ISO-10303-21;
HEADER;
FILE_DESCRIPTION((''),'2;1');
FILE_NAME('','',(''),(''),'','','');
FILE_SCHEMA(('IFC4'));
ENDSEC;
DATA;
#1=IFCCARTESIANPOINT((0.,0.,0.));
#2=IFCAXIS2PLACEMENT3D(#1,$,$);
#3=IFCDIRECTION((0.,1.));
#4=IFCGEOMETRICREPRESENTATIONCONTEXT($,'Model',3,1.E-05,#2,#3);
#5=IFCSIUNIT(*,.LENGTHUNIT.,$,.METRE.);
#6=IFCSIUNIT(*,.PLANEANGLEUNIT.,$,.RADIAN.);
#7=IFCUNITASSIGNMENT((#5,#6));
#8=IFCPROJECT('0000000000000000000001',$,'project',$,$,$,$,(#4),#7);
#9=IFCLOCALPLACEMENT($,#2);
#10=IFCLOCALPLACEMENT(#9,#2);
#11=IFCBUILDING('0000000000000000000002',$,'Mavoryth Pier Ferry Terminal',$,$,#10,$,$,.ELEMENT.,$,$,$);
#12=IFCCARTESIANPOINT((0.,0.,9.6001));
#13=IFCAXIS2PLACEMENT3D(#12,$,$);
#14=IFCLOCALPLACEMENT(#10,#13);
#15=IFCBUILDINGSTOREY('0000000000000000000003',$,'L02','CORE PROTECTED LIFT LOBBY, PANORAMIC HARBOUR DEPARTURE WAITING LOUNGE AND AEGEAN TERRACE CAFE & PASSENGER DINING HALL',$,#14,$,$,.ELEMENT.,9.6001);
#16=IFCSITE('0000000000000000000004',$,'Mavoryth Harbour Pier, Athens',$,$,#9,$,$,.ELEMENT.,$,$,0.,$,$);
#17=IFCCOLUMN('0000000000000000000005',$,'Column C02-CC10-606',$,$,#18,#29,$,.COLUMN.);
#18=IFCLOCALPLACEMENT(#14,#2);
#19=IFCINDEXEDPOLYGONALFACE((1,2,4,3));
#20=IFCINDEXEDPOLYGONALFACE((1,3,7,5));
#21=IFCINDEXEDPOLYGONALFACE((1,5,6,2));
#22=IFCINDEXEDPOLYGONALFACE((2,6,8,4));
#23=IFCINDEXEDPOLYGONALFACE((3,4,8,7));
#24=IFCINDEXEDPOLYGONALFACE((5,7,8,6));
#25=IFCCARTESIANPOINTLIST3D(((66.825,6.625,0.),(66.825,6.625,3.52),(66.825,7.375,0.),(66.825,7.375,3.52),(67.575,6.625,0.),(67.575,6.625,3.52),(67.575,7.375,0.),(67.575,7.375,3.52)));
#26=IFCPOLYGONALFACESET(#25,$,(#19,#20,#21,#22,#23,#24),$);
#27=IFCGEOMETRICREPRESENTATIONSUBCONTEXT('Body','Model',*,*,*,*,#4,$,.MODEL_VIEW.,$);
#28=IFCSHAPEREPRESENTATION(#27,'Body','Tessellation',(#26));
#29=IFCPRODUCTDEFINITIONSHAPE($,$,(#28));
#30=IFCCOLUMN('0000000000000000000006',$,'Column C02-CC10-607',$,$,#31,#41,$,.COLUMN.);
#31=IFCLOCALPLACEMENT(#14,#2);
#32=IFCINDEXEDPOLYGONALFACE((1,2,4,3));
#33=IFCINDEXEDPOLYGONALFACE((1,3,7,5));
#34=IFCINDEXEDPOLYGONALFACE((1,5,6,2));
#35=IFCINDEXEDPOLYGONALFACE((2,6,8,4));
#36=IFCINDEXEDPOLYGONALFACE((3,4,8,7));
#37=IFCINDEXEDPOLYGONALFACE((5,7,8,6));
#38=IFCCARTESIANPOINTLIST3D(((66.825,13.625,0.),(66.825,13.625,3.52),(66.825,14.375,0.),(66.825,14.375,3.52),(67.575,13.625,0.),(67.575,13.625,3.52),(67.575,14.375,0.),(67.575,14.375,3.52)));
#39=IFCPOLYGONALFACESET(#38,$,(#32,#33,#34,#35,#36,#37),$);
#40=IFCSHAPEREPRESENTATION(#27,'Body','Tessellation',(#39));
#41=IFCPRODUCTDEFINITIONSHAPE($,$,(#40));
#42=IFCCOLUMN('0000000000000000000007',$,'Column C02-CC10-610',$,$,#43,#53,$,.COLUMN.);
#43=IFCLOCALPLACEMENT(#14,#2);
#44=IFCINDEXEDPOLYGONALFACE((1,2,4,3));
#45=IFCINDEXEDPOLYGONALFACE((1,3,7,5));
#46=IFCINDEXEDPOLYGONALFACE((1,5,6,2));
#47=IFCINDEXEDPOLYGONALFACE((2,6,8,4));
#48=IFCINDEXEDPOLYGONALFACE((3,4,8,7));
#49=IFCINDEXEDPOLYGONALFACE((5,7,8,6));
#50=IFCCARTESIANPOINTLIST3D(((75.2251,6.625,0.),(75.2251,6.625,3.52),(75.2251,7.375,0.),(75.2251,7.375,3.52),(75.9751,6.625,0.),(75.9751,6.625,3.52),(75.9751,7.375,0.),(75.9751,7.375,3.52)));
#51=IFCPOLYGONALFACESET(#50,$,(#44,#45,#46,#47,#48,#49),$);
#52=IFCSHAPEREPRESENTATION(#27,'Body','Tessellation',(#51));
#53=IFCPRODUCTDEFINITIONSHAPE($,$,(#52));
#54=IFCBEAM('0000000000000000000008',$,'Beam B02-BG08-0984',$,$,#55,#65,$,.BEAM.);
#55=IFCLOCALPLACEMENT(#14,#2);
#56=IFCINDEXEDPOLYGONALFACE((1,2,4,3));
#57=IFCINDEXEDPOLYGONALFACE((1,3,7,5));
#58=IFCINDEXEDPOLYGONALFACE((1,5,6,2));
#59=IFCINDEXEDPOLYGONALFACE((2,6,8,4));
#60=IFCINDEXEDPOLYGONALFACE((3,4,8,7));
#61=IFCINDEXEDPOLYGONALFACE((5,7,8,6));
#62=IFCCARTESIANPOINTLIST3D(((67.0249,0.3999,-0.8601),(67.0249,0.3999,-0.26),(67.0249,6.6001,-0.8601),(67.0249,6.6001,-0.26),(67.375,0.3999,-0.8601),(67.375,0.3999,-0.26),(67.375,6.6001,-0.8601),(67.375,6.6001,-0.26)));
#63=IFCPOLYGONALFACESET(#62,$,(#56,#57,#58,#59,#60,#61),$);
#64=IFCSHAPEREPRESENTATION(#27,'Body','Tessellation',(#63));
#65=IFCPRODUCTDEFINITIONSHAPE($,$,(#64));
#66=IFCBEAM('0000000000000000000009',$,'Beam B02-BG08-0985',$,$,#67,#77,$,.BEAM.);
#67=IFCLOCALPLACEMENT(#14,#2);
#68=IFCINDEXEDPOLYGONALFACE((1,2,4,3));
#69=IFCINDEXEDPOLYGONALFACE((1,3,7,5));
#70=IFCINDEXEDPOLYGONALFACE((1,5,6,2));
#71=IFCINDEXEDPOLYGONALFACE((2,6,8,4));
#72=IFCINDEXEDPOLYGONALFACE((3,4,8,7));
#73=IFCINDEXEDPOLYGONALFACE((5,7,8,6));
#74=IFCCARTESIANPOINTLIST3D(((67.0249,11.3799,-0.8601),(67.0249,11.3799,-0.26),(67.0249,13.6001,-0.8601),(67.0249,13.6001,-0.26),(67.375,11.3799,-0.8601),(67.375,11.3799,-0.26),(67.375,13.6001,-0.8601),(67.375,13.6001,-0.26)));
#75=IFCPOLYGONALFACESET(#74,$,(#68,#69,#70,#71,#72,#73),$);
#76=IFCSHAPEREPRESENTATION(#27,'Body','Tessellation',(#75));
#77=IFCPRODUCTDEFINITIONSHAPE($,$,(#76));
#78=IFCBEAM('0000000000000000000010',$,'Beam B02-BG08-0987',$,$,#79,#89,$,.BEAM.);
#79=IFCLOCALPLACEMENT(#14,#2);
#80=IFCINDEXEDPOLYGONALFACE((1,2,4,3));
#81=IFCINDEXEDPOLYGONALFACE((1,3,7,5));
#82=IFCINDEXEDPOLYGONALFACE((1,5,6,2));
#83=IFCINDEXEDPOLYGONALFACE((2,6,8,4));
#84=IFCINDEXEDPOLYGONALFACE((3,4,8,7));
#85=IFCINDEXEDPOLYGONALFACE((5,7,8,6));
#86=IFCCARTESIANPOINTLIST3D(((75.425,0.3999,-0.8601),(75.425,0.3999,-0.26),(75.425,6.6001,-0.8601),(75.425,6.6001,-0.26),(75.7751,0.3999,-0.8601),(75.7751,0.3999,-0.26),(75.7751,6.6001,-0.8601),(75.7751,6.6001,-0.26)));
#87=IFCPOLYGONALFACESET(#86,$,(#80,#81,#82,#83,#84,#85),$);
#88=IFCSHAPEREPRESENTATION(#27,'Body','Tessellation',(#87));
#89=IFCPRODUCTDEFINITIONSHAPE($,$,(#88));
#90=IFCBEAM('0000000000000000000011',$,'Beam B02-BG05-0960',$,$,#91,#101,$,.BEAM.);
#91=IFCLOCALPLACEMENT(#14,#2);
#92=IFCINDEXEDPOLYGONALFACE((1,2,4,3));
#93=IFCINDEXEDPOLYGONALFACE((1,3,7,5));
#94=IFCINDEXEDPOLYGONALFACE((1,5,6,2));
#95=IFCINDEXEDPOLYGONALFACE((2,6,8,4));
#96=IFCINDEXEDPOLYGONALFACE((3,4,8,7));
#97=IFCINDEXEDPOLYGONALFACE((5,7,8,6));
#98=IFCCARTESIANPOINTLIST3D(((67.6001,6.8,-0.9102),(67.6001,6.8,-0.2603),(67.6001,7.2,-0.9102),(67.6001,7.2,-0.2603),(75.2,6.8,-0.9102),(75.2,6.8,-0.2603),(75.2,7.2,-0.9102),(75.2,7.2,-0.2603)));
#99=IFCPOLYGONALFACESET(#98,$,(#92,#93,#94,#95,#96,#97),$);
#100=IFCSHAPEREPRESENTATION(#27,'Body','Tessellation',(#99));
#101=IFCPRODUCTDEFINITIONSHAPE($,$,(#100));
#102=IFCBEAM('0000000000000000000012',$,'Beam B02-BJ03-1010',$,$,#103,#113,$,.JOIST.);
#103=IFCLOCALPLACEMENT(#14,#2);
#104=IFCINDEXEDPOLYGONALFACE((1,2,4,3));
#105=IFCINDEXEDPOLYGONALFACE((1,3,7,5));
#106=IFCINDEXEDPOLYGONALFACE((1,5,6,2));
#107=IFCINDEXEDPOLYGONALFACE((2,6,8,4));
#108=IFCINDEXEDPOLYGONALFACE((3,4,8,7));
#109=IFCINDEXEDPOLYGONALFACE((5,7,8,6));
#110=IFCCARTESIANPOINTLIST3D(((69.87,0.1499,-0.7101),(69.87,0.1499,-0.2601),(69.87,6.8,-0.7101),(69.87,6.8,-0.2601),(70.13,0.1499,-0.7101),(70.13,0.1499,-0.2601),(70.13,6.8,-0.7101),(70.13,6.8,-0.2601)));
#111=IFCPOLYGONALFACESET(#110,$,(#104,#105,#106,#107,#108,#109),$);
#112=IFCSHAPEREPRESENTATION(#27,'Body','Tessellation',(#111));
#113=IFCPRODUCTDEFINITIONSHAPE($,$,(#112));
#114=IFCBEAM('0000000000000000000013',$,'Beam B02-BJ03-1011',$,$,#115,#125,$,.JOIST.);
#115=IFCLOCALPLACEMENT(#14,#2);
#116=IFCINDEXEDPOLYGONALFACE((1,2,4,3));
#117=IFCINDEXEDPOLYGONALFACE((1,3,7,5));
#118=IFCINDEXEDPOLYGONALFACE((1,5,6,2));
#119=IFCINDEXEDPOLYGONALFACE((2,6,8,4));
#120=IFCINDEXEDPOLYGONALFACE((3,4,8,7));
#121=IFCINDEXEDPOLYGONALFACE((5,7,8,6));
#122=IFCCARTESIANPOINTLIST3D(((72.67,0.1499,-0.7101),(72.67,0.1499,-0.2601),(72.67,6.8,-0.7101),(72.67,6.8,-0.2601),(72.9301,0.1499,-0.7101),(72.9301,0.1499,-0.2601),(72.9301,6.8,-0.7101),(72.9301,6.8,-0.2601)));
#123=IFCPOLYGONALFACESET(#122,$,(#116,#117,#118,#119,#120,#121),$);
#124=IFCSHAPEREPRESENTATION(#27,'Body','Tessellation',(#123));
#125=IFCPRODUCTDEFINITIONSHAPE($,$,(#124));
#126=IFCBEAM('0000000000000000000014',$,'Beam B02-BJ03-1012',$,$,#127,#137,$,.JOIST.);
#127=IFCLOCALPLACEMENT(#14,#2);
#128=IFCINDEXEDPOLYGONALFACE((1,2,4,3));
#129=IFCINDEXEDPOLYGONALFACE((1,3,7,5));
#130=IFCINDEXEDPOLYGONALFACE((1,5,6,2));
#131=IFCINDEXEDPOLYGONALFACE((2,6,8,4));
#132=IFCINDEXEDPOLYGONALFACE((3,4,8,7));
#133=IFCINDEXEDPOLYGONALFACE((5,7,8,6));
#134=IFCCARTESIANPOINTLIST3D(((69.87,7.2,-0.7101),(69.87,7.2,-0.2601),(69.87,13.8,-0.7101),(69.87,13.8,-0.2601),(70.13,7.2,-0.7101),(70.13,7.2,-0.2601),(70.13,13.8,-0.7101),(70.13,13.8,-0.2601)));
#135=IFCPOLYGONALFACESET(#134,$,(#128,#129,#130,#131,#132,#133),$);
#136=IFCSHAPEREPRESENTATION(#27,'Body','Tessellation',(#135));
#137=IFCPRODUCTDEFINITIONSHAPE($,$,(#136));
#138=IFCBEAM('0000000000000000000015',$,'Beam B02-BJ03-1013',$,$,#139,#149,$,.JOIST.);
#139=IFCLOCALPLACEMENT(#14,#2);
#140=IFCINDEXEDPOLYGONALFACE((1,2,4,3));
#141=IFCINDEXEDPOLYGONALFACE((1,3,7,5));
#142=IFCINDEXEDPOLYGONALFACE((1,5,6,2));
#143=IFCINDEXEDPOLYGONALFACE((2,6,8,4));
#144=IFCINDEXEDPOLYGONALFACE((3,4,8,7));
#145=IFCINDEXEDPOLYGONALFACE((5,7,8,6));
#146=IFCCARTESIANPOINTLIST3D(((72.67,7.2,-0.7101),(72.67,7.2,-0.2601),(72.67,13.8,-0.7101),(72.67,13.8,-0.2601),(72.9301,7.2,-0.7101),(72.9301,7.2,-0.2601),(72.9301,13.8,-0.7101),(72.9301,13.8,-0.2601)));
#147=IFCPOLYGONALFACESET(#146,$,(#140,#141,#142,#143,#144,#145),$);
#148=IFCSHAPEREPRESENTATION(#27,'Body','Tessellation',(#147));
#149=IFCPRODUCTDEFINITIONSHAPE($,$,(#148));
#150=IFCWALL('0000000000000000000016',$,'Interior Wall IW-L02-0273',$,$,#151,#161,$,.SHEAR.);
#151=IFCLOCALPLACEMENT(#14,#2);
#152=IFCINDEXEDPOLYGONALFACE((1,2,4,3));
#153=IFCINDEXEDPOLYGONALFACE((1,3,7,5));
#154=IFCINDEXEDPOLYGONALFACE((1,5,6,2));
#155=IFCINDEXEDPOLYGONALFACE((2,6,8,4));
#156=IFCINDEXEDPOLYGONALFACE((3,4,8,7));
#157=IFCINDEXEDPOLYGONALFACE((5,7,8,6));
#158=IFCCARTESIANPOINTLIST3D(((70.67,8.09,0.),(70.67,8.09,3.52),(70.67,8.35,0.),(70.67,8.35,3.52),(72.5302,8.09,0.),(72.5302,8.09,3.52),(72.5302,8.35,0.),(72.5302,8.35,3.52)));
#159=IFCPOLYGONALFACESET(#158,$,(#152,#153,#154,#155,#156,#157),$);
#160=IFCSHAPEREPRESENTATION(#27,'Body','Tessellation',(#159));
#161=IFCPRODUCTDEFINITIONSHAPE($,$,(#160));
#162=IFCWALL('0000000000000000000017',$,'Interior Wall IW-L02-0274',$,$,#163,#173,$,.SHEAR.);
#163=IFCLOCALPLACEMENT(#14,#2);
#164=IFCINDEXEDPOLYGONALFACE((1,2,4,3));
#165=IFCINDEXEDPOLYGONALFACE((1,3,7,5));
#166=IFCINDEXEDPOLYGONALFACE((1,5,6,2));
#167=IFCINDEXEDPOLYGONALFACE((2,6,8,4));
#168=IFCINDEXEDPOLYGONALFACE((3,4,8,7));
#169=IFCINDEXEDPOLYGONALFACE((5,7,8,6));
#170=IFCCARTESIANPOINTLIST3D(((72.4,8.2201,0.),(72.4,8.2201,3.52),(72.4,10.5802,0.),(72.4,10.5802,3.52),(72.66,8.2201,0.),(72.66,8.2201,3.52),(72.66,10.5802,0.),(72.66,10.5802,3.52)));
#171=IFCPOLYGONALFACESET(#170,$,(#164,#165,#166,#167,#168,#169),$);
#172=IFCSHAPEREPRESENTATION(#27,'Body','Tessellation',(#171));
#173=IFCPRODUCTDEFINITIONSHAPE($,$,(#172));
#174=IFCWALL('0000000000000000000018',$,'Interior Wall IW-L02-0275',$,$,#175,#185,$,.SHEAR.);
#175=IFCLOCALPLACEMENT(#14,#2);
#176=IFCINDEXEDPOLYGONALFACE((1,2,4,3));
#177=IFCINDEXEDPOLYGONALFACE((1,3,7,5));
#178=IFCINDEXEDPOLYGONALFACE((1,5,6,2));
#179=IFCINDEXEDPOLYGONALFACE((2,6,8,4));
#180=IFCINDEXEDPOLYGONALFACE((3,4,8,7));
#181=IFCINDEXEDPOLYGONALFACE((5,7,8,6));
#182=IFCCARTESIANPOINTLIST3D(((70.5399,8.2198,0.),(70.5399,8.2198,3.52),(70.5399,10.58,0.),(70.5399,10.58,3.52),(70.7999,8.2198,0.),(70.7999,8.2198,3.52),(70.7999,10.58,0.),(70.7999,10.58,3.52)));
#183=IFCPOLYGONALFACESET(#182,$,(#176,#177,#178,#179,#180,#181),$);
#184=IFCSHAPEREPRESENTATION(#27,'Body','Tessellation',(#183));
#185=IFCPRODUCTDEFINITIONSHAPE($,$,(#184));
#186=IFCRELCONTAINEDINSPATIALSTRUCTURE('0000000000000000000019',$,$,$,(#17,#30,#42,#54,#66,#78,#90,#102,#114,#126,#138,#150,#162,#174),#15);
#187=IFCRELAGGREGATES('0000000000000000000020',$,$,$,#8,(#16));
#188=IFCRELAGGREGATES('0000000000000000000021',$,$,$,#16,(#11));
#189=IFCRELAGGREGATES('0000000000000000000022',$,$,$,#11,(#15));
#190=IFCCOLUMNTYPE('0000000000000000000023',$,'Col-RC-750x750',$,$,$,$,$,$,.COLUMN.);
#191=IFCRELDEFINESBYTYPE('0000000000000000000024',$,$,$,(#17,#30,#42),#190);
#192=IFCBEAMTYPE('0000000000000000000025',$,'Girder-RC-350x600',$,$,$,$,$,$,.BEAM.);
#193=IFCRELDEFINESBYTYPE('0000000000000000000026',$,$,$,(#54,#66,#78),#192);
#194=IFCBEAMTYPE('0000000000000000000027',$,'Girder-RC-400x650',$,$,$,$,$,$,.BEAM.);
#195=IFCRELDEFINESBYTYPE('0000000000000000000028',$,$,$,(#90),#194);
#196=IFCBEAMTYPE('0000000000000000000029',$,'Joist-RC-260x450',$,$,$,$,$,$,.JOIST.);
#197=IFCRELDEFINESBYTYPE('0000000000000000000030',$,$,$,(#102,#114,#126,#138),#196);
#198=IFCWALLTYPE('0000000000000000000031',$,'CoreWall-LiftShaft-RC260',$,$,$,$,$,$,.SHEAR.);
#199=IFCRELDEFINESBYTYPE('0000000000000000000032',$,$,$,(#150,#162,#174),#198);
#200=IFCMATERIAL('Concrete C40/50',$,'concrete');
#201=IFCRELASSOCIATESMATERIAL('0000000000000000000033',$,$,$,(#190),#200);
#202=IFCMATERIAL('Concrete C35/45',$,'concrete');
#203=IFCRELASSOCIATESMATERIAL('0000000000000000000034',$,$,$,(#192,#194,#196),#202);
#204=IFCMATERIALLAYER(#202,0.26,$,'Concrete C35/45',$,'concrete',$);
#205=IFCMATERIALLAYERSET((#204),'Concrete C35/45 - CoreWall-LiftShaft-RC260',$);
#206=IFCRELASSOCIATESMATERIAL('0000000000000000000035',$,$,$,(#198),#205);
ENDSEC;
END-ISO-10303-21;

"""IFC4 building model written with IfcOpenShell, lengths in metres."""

from ifc_helpers import new_model, si_unit, direction, frame, frame_2d, origin, origin_2d, place, context, subcontext, project, spatial, rectangle, extrude, material, layer, layer_set, material_profile, profile_set, type_object, element, save


model = new_model("IFC4")

# Units and contexts
model_context = context("Model", 3, precision=1e-05, world=origin(), true_north=direction((0.0, 1.0)))
body_context = subcontext(model_context, "Body", "Model", "MODEL_VIEW")
ifc_project = project(units=[si_unit("LENGTHUNIT", "METRE"), si_unit("PLANEANGLEUNIT", "RADIAN")], contexts=[model_context])

# Site, building, storey
site_placement = place(None, origin())
site = spatial("IfcSite", under=ifc_project, at=site_placement, Name="Mavoryth Harbour Pier, Athens", CompositionType="ELEMENT", RefElevation=0.0)
building_placement = place(site_placement, origin())
building = spatial("IfcBuilding", under=site, at=building_placement, Name="Mavoryth Pier Ferry Terminal", CompositionType="ELEMENT")
storey_placement = place(building_placement, frame((0.0, 0.0, 9.6001)))
storey = spatial("IfcBuildingStorey", under=building, at=storey_placement, Name="L02", Description="CORE PROTECTED LIFT LOBBY, PANORAMIC HARBOUR DEPARTURE WAITING LOUNGE AND AEGEAN TERRACE CAFE & PASSENGER DINING HALL", CompositionType="ELEMENT", Elevation=9.6001)

# Columns
ifc_material_1 = material(Name="Concrete C40/50", Category="concrete")
ifc_material_profile_1 = material_profile(ifc_material_1, rectangle(XDim=0.75, YDim=0.75, at=origin_2d()), Name="RC 750x750", Category="concrete")
ifc_profile_set_1 = profile_set([ifc_material_profile_1], Name="Concrete C40/50 - RC 750x750")
column_type = type_object("IfcColumnType", Name="Col-RC-750x750", PredefinedType="COLUMN", material=ifc_profile_set_1)
for number, where, z_axis, x_axis, name in (
    (1, (67.2, 7.0, 0.0), (0.0, 0.0, 1.0), (1.0, 0.0, 0.0), "Column C02-CC10-606"),
    (2, (67.2, 14.0, 0.0), (0.0, 0.0, 1.0), (1.0, 0.0, 0.0), "Column C02-CC10-607"),
    (3, (75.6001, 7.0, 0.0), (0.0, 0.0, 1.0), (1.0, 0.0, 0.0), "Column C02-CC10-610"),
):
    element("IfcColumn", number, at=place(storey_placement, frame(where, z_axis=z_axis, x_axis=x_axis)), inside=storey, type_object=column_type, Name=name, PredefinedType="COLUMN", context=body_context, shape_type="SweptSolid", body=[
        extrude(rectangle(XDim=0.75, YDim=0.75, at=origin_2d()), origin(), (0.0, 0.0, 1.0), 3.52),
    ])

# Beams
ifc_material_2 = material(Name="Concrete C35/45", Category="concrete")
ifc_material_profile_2 = material_profile(ifc_material_2, rectangle(XDim=0.3501, YDim=0.6001, at=origin_2d()), Name="RC 350x600", Category="concrete")
ifc_profile_set_2 = profile_set([ifc_material_profile_2], Name="Concrete C35/45 - RC 350x600")
beam_type_1 = type_object("IfcBeamType", Name="Girder-RC-350x600", PredefinedType="BEAM", material=ifc_profile_set_2)
beam_1_placement = place(storey_placement, frame((67.2, 0.3999, -0.5601), z_axis=(0.0, 1.0, 0.0), x_axis=(-1.0, 0.0, 0.0)))
element("IfcBeam", 4, at=beam_1_placement, inside=storey, type_object=beam_type_1, Name="Beam B02-BG08-0984", PredefinedType="BEAM", context=body_context, shape_type="SweptSolid", body=[
    extrude(rectangle(XDim=0.3501, YDim=0.6001, at=origin_2d()), origin(), (0.0, 0.0, 1.0), 6.2002),
])
beam_2_placement = place(storey_placement, frame((67.2, 11.3799, -0.5601), z_axis=(0.0, 1.0, 0.0), x_axis=(-1.0, 0.0, 0.0)))
element("IfcBeam", 5, at=beam_2_placement, inside=storey, type_object=beam_type_1, Name="Beam B02-BG08-0985", PredefinedType="BEAM", context=body_context, shape_type="SweptSolid", body=[
    extrude(rectangle(XDim=0.3501, YDim=0.6001, at=origin_2d()), origin(), (0.0, 0.0, 1.0), 2.2202),
])
beam_3_placement = place(storey_placement, frame((75.6001, 0.3999, -0.5601), z_axis=(0.0, 1.0, 0.0), x_axis=(-1.0, 0.0, 0.0)))
element("IfcBeam", 6, at=beam_3_placement, inside=storey, type_object=beam_type_1, Name="Beam B02-BG08-0987", PredefinedType="BEAM", context=body_context, shape_type="SweptSolid", body=[
    extrude(rectangle(XDim=0.3501, YDim=0.6001, at=origin_2d()), origin(), (0.0, 0.0, 1.0), 6.2002),
])
ifc_material_profile_3 = material_profile(ifc_material_2, rectangle(XDim=0.3999, YDim=0.6499, at=origin_2d()), Name="RC 400x650", Category="concrete")
ifc_profile_set_3 = profile_set([ifc_material_profile_3], Name="Concrete C35/45 - RC 400x650")
beam_type_2 = type_object("IfcBeamType", Name="Girder-RC-400x650", PredefinedType="BEAM", material=ifc_profile_set_3)
beam_4_placement = place(storey_placement, frame((67.6001, 7.0, -0.5852), z_axis=(1.0, 0.0, 0.0), x_axis=(0.0, 1.0, 0.0)))
element("IfcBeam", 7, at=beam_4_placement, inside=storey, type_object=beam_type_2, Name="Beam B02-BG05-0960", PredefinedType="BEAM", context=body_context, shape_type="SweptSolid", body=[
    extrude(rectangle(XDim=0.3999, YDim=0.6499, at=origin_2d()), origin(), (0.0, 0.0, 1.0), 7.5999),
])
ifc_material_profile_4 = material_profile(ifc_material_2, rectangle(XDim=0.26, YDim=0.45, at=origin_2d()), Name="RC 260x450", Category="concrete")
ifc_profile_set_4 = profile_set([ifc_material_profile_4], Name="Concrete C35/45 - RC 260x450")
beam_type_3 = type_object("IfcBeamType", Name="Joist-RC-260x450", PredefinedType="JOIST", material=ifc_profile_set_4)
for number, where, z_axis, x_axis, name in (
    (8, (70.0, 0.1499, -0.4851), (0.0, 1.0, 0.0), (-1.0, 0.0, 0.0), "Beam B02-BJ03-1010"),
    (9, (72.8, 0.1499, -0.4851), (0.0, 1.0, 0.0), (-1.0, 0.0, 0.0), "Beam B02-BJ03-1011"),
):
    element("IfcBeam", number, at=place(storey_placement, frame(where, z_axis=z_axis, x_axis=x_axis)), inside=storey, type_object=beam_type_3, Name=name, PredefinedType="JOIST", context=body_context, shape_type="SweptSolid", body=[
        extrude(rectangle(XDim=0.26, YDim=0.45, at=origin_2d()), origin(), (0.0, 0.0, 1.0), 6.6501),
    ])
for number, where, z_axis, x_axis, name in (
    (10, (70.0, 7.2, -0.4851), (0.0, 1.0, 0.0), (-1.0, 0.0, 0.0), "Beam B02-BJ03-1012"),
    (11, (72.8, 7.2, -0.4851), (0.0, 1.0, 0.0), (-1.0, 0.0, 0.0), "Beam B02-BJ03-1013"),
):
    element("IfcBeam", number, at=place(storey_placement, frame(where, z_axis=z_axis, x_axis=x_axis)), inside=storey, type_object=beam_type_3, Name=name, PredefinedType="JOIST", context=body_context, shape_type="SweptSolid", body=[
        extrude(rectangle(XDim=0.26, YDim=0.45, at=origin_2d()), origin(), (0.0, 0.0, 1.0), 6.6001),
    ])

# Walls
ifc_layer_1 = layer(ifc_material_2, 0.26, Name="Concrete C35/45", Category="concrete")
ifc_layer_set_1 = layer_set([ifc_layer_1], Name="Concrete C35/45 - CoreWall-LiftShaft-RC260")
wall_type_1 = type_object("IfcWallType", Name="CoreWall-LiftShaft-RC260", PredefinedType="SHEAR", material=ifc_layer_set_1)
wall_1_placement = place(storey_placement, frame((70.6699, 8.22, 0.0), z_axis=(0.0, 0.0, 1.0), x_axis=(1.0, 0.0, 0.0)))
element("IfcWall", 12, at=wall_1_placement, inside=storey, type_object=wall_type_1, Name="Interior Wall IW-L02-0273", PredefinedType="SHEAR", context=body_context, shape_type="SweptSolid", body=[
    extrude(rectangle(XDim=1.8601, YDim=0.26, at=frame_2d((0.9302, 0.0))), origin(), (0.0, 0.0, 1.0), 3.52),
])
for number, where, z_axis, x_axis, name in (
    (13, (72.53, 8.22, 0.0), (0.0, 0.0, 1.0), (0.0, 1.0, 0.0), "Interior Wall IW-L02-0274"),
    (14, (70.6699, 10.5801, 0.0), (0.0, 0.0, 1.0), (0.0, -1.0, 0.0), "Interior Wall IW-L02-0275"),
):
    element("IfcWall", number, at=place(storey_placement, frame(where, z_axis=z_axis, x_axis=x_axis)), inside=storey, type_object=wall_type_1, Name=name, PredefinedType="SHEAR", context=body_context, shape_type="SweptSolid", body=[
        extrude(rectangle(XDim=2.3601, YDim=0.26, at=frame_2d((1.1802, 0.0))), origin(), (0.0, 0.0, 1.0), 3.52),
    ])

save(model, "model.ifc")
